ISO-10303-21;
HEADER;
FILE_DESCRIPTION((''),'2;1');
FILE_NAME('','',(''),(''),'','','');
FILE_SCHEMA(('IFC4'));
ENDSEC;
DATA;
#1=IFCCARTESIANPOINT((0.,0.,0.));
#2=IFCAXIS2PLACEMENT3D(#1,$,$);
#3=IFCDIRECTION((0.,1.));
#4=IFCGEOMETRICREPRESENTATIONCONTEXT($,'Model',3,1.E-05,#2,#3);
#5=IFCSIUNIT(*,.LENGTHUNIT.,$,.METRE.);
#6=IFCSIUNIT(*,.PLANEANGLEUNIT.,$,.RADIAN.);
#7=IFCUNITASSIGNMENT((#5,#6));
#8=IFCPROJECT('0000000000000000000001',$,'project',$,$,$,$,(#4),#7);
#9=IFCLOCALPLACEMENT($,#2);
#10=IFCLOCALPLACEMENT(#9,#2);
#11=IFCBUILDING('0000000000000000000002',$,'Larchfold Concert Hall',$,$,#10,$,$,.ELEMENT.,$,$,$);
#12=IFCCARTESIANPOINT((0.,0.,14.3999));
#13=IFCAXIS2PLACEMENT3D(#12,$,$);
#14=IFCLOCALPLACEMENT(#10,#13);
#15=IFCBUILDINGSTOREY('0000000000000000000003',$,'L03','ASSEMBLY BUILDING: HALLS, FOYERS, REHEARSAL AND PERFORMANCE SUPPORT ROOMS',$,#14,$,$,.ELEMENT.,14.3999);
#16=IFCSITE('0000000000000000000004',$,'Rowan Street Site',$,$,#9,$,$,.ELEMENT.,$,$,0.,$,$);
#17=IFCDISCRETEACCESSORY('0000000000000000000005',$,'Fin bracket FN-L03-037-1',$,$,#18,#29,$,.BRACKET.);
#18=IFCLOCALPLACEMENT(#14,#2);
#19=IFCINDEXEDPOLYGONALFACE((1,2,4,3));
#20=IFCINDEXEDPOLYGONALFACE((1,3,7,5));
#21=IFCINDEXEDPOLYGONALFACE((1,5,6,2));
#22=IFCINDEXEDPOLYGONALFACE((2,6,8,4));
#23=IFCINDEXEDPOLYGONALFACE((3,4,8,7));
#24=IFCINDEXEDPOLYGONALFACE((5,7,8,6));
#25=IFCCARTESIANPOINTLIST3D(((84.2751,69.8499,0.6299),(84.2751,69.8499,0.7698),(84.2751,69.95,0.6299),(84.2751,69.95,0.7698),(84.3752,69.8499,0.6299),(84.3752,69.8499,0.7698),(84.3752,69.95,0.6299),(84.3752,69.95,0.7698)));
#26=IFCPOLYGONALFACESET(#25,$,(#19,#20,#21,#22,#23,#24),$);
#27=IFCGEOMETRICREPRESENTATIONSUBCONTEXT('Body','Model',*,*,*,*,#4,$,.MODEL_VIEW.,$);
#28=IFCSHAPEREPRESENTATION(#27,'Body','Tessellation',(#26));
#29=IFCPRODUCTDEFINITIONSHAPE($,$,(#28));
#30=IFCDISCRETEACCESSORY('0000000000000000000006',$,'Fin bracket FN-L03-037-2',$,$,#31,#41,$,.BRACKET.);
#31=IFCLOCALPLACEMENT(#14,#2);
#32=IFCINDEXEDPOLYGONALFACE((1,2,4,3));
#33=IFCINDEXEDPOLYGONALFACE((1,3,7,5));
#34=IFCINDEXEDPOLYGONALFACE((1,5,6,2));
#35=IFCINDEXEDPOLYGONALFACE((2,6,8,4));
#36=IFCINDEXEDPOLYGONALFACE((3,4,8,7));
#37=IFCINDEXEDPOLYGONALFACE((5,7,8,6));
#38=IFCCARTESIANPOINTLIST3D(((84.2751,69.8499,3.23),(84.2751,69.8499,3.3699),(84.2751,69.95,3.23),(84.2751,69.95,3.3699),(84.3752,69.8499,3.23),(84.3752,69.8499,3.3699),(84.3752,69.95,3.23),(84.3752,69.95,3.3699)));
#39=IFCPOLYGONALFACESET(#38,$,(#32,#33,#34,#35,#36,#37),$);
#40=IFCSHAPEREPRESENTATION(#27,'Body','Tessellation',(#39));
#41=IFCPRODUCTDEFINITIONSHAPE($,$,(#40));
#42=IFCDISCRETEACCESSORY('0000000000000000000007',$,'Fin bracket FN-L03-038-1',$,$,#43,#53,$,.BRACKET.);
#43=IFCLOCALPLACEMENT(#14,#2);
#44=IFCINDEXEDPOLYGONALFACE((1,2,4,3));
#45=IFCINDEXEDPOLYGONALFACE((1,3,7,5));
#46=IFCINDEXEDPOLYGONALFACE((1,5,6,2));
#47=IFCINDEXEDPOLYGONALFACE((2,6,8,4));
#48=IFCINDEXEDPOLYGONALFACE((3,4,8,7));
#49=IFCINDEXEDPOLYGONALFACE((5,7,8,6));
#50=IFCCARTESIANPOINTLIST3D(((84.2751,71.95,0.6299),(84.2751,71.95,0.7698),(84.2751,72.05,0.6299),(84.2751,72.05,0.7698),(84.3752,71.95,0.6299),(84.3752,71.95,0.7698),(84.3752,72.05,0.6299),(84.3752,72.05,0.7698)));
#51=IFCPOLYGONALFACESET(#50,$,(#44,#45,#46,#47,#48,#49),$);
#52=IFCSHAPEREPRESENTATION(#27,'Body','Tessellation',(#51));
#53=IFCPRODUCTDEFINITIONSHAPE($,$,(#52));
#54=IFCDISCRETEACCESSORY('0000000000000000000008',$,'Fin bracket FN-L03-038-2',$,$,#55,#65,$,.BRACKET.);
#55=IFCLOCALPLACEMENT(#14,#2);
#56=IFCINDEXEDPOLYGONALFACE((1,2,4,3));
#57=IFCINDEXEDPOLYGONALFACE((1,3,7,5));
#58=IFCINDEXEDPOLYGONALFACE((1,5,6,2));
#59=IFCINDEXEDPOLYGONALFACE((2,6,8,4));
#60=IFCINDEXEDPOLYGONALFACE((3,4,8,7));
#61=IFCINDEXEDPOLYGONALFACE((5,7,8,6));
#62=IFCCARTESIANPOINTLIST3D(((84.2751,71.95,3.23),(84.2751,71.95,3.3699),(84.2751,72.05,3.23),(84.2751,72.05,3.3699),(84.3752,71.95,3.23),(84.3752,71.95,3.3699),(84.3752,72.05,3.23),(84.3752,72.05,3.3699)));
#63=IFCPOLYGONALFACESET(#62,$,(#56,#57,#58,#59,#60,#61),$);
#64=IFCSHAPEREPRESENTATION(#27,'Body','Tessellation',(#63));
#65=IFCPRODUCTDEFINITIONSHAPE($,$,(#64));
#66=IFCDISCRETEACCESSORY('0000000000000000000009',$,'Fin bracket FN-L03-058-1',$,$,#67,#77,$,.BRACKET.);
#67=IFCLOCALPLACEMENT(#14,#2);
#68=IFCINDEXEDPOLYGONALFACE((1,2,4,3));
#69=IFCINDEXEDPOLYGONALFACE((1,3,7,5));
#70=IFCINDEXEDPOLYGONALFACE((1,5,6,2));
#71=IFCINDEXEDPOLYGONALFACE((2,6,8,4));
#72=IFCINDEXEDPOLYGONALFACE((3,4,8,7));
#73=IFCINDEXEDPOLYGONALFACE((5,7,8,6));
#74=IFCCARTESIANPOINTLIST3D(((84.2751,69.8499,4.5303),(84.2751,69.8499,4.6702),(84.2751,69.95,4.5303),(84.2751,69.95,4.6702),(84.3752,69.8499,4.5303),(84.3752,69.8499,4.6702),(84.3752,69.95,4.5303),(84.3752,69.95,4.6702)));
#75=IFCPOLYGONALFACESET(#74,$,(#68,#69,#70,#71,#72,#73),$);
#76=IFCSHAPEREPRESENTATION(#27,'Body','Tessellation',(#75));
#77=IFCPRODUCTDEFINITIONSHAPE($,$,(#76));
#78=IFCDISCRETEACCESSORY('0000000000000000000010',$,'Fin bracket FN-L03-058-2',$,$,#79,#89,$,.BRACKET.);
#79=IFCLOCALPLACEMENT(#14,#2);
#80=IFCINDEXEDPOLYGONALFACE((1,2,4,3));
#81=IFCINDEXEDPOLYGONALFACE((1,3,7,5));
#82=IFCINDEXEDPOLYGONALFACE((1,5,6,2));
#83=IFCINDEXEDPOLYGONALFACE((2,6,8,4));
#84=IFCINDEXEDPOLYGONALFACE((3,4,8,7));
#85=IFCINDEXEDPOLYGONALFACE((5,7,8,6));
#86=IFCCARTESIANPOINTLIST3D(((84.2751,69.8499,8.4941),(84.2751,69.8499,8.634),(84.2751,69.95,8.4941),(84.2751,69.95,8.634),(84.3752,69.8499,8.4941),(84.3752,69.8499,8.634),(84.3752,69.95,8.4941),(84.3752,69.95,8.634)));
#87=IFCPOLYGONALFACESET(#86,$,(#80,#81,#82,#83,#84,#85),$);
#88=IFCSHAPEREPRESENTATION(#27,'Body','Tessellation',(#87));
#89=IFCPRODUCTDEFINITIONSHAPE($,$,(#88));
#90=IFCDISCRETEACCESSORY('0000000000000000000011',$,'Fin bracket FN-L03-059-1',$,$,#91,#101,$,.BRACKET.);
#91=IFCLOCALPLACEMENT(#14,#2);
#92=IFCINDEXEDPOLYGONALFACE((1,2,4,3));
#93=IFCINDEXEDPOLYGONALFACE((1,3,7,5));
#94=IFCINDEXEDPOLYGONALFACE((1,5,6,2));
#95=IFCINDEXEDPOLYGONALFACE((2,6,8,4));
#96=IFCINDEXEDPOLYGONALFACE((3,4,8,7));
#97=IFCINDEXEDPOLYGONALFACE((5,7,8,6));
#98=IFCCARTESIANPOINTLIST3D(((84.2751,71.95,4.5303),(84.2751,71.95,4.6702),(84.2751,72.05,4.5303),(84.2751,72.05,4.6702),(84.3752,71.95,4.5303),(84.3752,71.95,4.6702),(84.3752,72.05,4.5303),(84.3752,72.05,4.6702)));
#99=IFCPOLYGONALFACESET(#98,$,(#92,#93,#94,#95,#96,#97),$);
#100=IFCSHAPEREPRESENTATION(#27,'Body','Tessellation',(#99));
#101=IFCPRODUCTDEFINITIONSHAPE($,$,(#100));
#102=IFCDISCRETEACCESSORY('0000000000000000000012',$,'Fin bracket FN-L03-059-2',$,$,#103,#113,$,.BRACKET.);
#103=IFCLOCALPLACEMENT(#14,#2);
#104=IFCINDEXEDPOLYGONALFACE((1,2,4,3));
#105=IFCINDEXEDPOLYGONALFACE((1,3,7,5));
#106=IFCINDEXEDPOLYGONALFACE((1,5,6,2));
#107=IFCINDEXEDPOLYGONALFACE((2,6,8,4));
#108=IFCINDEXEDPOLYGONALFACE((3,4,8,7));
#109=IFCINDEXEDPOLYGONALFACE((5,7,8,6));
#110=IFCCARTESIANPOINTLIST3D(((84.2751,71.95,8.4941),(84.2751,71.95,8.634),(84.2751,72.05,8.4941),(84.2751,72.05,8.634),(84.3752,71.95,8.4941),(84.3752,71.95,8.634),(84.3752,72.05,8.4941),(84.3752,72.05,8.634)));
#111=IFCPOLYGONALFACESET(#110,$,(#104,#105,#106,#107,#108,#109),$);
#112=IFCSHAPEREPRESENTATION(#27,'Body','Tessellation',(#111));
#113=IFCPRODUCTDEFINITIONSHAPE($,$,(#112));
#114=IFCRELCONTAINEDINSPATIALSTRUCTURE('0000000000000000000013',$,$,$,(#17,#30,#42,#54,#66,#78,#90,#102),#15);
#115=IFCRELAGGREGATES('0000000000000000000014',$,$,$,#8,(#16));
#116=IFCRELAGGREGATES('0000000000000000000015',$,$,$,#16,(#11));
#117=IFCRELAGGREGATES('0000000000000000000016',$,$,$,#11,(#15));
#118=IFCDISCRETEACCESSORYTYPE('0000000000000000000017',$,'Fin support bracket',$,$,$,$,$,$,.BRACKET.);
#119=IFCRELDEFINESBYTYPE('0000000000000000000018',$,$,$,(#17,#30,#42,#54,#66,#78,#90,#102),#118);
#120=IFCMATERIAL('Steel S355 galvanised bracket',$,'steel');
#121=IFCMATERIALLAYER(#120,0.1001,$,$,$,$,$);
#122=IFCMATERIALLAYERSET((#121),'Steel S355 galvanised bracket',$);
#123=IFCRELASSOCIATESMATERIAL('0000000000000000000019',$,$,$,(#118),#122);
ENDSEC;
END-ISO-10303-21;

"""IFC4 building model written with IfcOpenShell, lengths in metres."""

from ifc_helpers import new_model, si_unit, direction, frame, origin, origin_2d, place, context, subcontext, project, spatial, rectangle, extrude, material, layer, layer_set, type_object, element, save


model = new_model("IFC4")

# Units and contexts
model_context = context("Model", 3, precision=1e-05, world=origin(), true_north=direction((0.0, 1.0)))
body_context = subcontext(model_context, "Body", "Model", "MODEL_VIEW")
ifc_project = project(units=[si_unit("LENGTHUNIT", "METRE"), si_unit("PLANEANGLEUNIT", "RADIAN")], contexts=[model_context])

# Site, building, storey
site_placement = place(None, origin())
site = spatial("IfcSite", under=ifc_project, at=site_placement, Name="Rowan Street Site", CompositionType="ELEMENT", RefElevation=0.0)
building_placement = place(site_placement, origin())
building = spatial("IfcBuilding", under=site, at=building_placement, Name="Larchfold Concert Hall", CompositionType="ELEMENT")
storey_placement = place(building_placement, frame((0.0, 0.0, 14.3999)))
storey = spatial("IfcBuildingStorey", under=building, at=storey_placement, Name="L03", Description="ASSEMBLY BUILDING: HALLS, FOYERS, REHEARSAL AND PERFORMANCE SUPPORT ROOMS", CompositionType="ELEMENT", Elevation=14.3999)

# Discrete accessories
ifc_material_1 = material(Name="Steel S355 galvanised bracket", Category="steel")
ifc_layer_1 = layer(ifc_material_1, 0.1001)
ifc_layer_set_1 = layer_set([ifc_layer_1], Name="Steel S355 galvanised bracket")
discrete_accessory_type = type_object("IfcDiscreteAccessoryType", Name="Fin support bracket", PredefinedType="BRACKET", material=ifc_layer_set_1)
for number, where, z_axis, x_axis, name in (
    (1, (84.3252, 69.8999, 0.6299), (0.0, 0.0, 1.0), (-1.0, 0.0, 0.0), "Fin bracket FN-L03-037-1"),
    (2, (84.3252, 69.8999, 3.23), (0.0, 0.0, 1.0), (-1.0, 0.0, 0.0), "Fin bracket FN-L03-037-2"),
    (3, (84.3252, 72.0, 0.6299), (0.0, 0.0, 1.0), (-1.0, 0.0, 0.0), "Fin bracket FN-L03-038-1"),
    (4, (84.3252, 72.0, 3.23), (0.0, 0.0, 1.0), (-1.0, 0.0, 0.0), "Fin bracket FN-L03-038-2"),
    (5, (84.3252, 69.8999, 4.5303), (0.0, 0.0, 1.0), (-1.0, 0.0, 0.0), "Fin bracket FN-L03-058-1"),
    (6, (84.3252, 69.8999, 8.4941), (0.0, 0.0, 1.0), (-1.0, 0.0, 0.0), "Fin bracket FN-L03-058-2"),
    (7, (84.3252, 72.0, 4.5303), (0.0, 0.0, 1.0), (-1.0, 0.0, 0.0), "Fin bracket FN-L03-059-1"),
    (8, (84.3252, 72.0, 8.4941), (0.0, 0.0, 1.0), (-1.0, 0.0, 0.0), "Fin bracket FN-L03-059-2"),
):
    element("IfcDiscreteAccessory", number, at=place(storey_placement, frame(where, z_axis=z_axis, x_axis=x_axis)), inside=storey, type_object=discrete_accessory_type, Name=name, PredefinedType="BRACKET", context=body_context, shape_type="SweptSolid", body=[
        extrude(rectangle(XDim=0.1001, YDim=0.1001, at=origin_2d()), origin(), (0.0, 0.0, 1.0), 0.1399),
    ])

save(model, "model.ifc")
